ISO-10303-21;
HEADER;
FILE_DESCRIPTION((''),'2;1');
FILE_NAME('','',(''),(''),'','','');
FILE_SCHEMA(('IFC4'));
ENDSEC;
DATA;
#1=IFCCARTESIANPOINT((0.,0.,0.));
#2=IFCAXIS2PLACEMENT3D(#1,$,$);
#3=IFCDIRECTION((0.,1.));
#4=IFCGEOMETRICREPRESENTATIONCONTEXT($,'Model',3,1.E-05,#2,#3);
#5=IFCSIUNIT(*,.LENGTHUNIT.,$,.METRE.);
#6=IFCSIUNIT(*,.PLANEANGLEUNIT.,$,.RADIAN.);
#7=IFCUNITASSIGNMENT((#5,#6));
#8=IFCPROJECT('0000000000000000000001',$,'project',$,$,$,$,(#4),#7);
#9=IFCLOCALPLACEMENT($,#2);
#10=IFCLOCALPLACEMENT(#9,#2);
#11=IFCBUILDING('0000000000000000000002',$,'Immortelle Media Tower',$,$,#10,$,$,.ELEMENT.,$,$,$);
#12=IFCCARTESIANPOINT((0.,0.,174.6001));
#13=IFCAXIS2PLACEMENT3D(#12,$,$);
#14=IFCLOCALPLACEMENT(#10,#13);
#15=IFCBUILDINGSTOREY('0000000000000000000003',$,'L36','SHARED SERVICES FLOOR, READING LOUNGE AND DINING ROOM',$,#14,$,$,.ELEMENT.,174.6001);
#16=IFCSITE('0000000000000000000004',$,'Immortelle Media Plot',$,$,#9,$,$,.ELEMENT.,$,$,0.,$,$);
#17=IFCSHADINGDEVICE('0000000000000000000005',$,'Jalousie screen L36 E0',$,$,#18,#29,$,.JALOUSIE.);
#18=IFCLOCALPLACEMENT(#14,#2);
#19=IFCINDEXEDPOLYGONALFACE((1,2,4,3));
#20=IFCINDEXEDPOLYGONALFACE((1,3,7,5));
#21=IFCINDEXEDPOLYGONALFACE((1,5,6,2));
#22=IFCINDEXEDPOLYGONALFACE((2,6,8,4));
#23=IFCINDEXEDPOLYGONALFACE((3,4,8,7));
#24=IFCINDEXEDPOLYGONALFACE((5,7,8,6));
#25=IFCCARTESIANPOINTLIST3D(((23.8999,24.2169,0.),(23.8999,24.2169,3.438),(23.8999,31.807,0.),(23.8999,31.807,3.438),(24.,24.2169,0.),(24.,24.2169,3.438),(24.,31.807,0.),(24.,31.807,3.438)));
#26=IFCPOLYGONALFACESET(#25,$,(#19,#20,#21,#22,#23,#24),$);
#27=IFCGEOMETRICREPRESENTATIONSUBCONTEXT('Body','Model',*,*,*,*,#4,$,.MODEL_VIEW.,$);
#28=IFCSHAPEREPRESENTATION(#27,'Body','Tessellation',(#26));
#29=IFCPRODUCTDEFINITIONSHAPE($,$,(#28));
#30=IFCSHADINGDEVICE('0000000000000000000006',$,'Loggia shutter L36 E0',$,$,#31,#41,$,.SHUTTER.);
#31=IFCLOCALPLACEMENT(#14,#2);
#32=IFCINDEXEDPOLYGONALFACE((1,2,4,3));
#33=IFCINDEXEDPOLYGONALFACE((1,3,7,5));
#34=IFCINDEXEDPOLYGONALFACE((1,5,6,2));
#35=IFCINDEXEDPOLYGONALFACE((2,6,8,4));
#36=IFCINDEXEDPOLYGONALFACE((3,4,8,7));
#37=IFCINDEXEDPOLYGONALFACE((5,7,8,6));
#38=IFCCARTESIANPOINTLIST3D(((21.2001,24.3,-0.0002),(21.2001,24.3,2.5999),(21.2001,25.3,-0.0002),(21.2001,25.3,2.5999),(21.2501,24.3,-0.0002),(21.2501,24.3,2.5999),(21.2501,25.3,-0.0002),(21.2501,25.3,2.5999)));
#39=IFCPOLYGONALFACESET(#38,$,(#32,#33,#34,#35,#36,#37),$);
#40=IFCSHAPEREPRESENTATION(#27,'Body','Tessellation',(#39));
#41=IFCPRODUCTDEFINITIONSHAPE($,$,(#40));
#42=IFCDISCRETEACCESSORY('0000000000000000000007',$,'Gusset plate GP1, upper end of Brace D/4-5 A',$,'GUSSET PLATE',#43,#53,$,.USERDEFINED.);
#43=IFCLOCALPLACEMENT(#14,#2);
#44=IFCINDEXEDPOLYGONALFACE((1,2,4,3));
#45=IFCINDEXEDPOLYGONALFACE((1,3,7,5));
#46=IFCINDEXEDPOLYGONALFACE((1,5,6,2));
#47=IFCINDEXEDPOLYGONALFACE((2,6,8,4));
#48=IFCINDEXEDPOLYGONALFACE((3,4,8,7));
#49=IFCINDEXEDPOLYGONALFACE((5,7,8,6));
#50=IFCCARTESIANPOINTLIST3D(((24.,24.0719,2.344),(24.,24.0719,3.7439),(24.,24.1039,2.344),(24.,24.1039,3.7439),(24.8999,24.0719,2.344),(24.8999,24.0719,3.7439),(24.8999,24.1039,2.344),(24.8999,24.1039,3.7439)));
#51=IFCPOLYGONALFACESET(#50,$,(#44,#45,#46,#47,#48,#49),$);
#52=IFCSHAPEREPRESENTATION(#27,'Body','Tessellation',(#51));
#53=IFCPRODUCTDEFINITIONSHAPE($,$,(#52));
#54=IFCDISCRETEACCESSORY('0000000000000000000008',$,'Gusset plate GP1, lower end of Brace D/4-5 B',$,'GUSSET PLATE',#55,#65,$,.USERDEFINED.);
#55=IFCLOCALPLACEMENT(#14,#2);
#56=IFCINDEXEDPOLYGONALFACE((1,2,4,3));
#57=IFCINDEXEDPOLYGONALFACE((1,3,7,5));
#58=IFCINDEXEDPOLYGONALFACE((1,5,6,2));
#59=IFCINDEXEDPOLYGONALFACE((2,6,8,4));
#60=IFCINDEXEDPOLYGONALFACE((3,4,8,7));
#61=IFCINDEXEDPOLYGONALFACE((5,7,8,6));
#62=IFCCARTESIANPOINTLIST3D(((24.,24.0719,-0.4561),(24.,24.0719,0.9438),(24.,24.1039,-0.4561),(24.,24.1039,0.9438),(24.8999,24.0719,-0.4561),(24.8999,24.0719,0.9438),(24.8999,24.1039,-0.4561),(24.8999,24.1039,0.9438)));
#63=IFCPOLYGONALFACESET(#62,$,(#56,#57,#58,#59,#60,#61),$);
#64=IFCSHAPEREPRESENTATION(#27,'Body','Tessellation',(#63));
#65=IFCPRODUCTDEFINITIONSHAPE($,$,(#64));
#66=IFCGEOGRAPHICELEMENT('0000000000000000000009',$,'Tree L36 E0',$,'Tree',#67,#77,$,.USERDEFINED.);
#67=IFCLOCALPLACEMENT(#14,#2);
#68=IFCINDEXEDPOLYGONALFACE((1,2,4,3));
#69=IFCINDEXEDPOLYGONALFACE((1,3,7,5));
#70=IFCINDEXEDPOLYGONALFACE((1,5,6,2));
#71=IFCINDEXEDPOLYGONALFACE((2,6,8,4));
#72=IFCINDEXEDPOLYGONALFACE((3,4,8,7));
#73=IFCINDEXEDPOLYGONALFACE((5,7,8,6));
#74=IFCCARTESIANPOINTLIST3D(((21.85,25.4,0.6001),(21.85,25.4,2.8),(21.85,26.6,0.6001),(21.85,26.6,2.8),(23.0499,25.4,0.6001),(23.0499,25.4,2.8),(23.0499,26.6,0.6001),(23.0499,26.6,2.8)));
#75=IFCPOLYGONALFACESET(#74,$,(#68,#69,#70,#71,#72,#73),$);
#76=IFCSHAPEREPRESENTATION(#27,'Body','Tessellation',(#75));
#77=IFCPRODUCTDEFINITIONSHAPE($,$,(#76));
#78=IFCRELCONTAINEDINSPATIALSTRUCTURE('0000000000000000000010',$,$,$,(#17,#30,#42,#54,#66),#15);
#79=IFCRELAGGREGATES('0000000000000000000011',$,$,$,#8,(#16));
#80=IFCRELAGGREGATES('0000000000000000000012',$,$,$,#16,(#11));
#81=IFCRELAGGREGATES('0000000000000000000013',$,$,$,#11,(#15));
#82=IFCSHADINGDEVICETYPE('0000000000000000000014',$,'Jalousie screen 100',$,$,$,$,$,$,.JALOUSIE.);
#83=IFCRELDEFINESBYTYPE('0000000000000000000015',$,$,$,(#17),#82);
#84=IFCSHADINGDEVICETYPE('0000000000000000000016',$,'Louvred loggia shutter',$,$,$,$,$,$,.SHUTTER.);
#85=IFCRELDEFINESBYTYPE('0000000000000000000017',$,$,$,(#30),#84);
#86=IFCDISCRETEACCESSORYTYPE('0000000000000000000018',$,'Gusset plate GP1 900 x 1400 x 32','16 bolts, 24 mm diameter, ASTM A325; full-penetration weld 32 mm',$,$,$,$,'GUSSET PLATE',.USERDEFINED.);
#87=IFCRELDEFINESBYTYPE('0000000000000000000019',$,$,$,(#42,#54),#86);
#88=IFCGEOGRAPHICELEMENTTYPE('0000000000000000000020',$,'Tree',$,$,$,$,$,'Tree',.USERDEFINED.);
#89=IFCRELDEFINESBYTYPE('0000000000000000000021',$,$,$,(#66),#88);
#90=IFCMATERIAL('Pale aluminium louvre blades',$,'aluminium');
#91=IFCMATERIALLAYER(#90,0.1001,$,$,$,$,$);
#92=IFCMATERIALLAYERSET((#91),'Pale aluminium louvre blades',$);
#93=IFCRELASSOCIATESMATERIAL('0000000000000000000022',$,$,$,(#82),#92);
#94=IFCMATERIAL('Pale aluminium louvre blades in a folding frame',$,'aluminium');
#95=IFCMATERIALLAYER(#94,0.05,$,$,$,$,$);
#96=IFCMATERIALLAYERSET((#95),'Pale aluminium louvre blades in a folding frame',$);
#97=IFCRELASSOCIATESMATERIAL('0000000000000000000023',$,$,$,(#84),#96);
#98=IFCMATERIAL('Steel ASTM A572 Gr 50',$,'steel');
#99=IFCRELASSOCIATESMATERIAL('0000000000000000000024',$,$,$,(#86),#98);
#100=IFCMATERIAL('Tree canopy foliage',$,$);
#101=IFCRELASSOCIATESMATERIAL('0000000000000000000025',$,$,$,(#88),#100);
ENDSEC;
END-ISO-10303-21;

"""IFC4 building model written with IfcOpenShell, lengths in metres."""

from ifc_helpers import new_model, si_unit, direction, frame, origin, origin_2d, place, context, subcontext, project, spatial, rectangle, extrude, material, layer, layer_set, material_profile, profile_set, type_object, element, save


model = new_model("IFC4")

# Units and contexts
model_context = context("Model", 3, precision=1e-05, world=origin(), true_north=direction((0.0, 1.0)))
body_context = subcontext(model_context, "Body", "Model", "MODEL_VIEW")
ifc_project = project(units=[si_unit("LENGTHUNIT", "METRE"), si_unit("PLANEANGLEUNIT", "RADIAN")], contexts=[model_context])

# Site, building, storey
site_placement = place(None, origin())
site = spatial("IfcSite", under=ifc_project, at=site_placement, Name="Immortelle Media Plot", CompositionType="ELEMENT", RefElevation=0.0)
building_placement = place(site_placement, origin())
building = spatial("IfcBuilding", under=site, at=building_placement, Name="Immortelle Media Tower", CompositionType="ELEMENT")
storey_placement = place(building_placement, frame((0.0, 0.0, 174.6001)))
storey = spatial("IfcBuildingStorey", under=building, at=storey_placement, Name="L36", Description="SHARED SERVICES FLOOR, READING LOUNGE AND DINING ROOM", CompositionType="ELEMENT", Elevation=174.6001)

# Shading devices
ifc_material_1 = material(Name="Pale aluminium louvre blades", Category="aluminium")
ifc_layer_1 = layer(ifc_material_1, 0.1001)
ifc_layer_set_1 = layer_set([ifc_layer_1], Name="Pale aluminium louvre blades")
shading_device_type_1 = type_object("IfcShadingDeviceType", Name="Jalousie screen 100", PredefinedType="JALOUSIE", material=ifc_layer_set_1)
shading_device_1_placement = place(storey_placement, frame((23.95, 28.012, 0.0), z_axis=(0.0, 0.0, 1.0), x_axis=(0.0, 1.0, 0.0)))
element("IfcShadingDevice", 1, at=shading_device_1_placement, inside=storey, type_object=shading_device_type_1, Name="Jalousie screen L36 E0", PredefinedType="JALOUSIE", context=body_context, shape_type="SweptSolid", body=[
    extrude(rectangle(XDim=7.5901, YDim=0.1001, at=origin_2d()), origin(), (0.0, 0.0, 1.0), 3.438),
])
ifc_material_2 = material(Name="Pale aluminium louvre blades in a folding frame", Category="aluminium")
ifc_layer_2 = layer(ifc_material_2, 0.05)
ifc_layer_set_2 = layer_set([ifc_layer_2], Name="Pale aluminium louvre blades in a folding frame")
shading_device_type_2 = type_object("IfcShadingDeviceType", Name="Louvred loggia shutter", PredefinedType="SHUTTER", material=ifc_layer_set_2)
shading_device_2_placement = place(storey_placement, frame((21.2251, 24.8, -0.0002), z_axis=(0.0, 0.0, 1.0), x_axis=(0.0, 1.0, 0.0)))
element("IfcShadingDevice", 2, at=shading_device_2_placement, inside=storey, type_object=shading_device_type_2, Name="Loggia shutter L36 E0", PredefinedType="SHUTTER", context=body_context, shape_type="SweptSolid", body=[
    extrude(rectangle(XDim=1.0, YDim=0.05, at=origin_2d()), origin(), (0.0, 0.0, 1.0), 2.6001),
])

# Discrete accessories
ifc_material_3 = material(Name="Steel ASTM A572 Gr 50", Category="steel")
ifc_material_profile_1 = material_profile(ifc_material_3, rectangle(XDim=0.032, YDim=1.3999, at=origin_2d()), Name="PL 32 x 1400")
ifc_profile_set_1 = profile_set([ifc_material_profile_1], Name="Steel ASTM A572 Gr 50")
discrete_accessory_type = type_object("IfcDiscreteAccessoryType", Name="Gusset plate GP1 900 x 1400 x 32", Description="16 bolts, 24 mm diameter, ASTM A325; full-penetration weld 32 mm", ElementType="GUSSET PLATE", PredefinedType="USERDEFINED", material=ifc_profile_set_1)
for number, where, z_axis, x_axis, name in (
    (3, (24.0, 24.0879, 3.0439), (1.0, 0.0, 0.0), (0.0, 1.0, 0.0), "Gusset plate GP1, upper end of Brace D/4-5 A"),
    (4, (24.0, 24.0879, 0.2439), (1.0, 0.0, 0.0), (0.0, 1.0, 0.0), "Gusset plate GP1, lower end of Brace D/4-5 B"),
):
    element("IfcDiscreteAccessory", number, at=place(storey_placement, frame(where, z_axis=z_axis, x_axis=x_axis)), inside=storey, type_object=discrete_accessory_type, Name=name, ObjectType="GUSSET PLATE", PredefinedType="USERDEFINED", context=body_context, shape_type="SweptSolid", body=[
        extrude(rectangle(XDim=0.032, YDim=1.3999, at=origin_2d()), origin(), (0.0, 0.0, 1.0), 0.8999),
    ])

# Geographic element
ifc_material_4 = material(Name="Tree canopy foliage")
geographic_element_type = type_object("IfcGeographicElementType", Name="Tree", ElementType="Tree", PredefinedType="USERDEFINED", material=ifc_material_4)
geographic_element_placement = place(storey_placement, frame((22.45, 26.0, 0.6001), z_axis=(0.0, 0.0, 1.0), x_axis=(1.0, 0.0, 0.0)))
element("IfcGeographicElement", 5, at=geographic_element_placement, inside=storey, type_object=geographic_element_type, Name="Tree L36 E0", ObjectType="Tree", PredefinedType="USERDEFINED", context=body_context, shape_type="SweptSolid", body=[
    extrude(rectangle(XDim=1.2, YDim=1.2, at=origin_2d()), origin(), (0.0, 0.0, 1.0), 2.2),
])

save(model, "model.ifc")
